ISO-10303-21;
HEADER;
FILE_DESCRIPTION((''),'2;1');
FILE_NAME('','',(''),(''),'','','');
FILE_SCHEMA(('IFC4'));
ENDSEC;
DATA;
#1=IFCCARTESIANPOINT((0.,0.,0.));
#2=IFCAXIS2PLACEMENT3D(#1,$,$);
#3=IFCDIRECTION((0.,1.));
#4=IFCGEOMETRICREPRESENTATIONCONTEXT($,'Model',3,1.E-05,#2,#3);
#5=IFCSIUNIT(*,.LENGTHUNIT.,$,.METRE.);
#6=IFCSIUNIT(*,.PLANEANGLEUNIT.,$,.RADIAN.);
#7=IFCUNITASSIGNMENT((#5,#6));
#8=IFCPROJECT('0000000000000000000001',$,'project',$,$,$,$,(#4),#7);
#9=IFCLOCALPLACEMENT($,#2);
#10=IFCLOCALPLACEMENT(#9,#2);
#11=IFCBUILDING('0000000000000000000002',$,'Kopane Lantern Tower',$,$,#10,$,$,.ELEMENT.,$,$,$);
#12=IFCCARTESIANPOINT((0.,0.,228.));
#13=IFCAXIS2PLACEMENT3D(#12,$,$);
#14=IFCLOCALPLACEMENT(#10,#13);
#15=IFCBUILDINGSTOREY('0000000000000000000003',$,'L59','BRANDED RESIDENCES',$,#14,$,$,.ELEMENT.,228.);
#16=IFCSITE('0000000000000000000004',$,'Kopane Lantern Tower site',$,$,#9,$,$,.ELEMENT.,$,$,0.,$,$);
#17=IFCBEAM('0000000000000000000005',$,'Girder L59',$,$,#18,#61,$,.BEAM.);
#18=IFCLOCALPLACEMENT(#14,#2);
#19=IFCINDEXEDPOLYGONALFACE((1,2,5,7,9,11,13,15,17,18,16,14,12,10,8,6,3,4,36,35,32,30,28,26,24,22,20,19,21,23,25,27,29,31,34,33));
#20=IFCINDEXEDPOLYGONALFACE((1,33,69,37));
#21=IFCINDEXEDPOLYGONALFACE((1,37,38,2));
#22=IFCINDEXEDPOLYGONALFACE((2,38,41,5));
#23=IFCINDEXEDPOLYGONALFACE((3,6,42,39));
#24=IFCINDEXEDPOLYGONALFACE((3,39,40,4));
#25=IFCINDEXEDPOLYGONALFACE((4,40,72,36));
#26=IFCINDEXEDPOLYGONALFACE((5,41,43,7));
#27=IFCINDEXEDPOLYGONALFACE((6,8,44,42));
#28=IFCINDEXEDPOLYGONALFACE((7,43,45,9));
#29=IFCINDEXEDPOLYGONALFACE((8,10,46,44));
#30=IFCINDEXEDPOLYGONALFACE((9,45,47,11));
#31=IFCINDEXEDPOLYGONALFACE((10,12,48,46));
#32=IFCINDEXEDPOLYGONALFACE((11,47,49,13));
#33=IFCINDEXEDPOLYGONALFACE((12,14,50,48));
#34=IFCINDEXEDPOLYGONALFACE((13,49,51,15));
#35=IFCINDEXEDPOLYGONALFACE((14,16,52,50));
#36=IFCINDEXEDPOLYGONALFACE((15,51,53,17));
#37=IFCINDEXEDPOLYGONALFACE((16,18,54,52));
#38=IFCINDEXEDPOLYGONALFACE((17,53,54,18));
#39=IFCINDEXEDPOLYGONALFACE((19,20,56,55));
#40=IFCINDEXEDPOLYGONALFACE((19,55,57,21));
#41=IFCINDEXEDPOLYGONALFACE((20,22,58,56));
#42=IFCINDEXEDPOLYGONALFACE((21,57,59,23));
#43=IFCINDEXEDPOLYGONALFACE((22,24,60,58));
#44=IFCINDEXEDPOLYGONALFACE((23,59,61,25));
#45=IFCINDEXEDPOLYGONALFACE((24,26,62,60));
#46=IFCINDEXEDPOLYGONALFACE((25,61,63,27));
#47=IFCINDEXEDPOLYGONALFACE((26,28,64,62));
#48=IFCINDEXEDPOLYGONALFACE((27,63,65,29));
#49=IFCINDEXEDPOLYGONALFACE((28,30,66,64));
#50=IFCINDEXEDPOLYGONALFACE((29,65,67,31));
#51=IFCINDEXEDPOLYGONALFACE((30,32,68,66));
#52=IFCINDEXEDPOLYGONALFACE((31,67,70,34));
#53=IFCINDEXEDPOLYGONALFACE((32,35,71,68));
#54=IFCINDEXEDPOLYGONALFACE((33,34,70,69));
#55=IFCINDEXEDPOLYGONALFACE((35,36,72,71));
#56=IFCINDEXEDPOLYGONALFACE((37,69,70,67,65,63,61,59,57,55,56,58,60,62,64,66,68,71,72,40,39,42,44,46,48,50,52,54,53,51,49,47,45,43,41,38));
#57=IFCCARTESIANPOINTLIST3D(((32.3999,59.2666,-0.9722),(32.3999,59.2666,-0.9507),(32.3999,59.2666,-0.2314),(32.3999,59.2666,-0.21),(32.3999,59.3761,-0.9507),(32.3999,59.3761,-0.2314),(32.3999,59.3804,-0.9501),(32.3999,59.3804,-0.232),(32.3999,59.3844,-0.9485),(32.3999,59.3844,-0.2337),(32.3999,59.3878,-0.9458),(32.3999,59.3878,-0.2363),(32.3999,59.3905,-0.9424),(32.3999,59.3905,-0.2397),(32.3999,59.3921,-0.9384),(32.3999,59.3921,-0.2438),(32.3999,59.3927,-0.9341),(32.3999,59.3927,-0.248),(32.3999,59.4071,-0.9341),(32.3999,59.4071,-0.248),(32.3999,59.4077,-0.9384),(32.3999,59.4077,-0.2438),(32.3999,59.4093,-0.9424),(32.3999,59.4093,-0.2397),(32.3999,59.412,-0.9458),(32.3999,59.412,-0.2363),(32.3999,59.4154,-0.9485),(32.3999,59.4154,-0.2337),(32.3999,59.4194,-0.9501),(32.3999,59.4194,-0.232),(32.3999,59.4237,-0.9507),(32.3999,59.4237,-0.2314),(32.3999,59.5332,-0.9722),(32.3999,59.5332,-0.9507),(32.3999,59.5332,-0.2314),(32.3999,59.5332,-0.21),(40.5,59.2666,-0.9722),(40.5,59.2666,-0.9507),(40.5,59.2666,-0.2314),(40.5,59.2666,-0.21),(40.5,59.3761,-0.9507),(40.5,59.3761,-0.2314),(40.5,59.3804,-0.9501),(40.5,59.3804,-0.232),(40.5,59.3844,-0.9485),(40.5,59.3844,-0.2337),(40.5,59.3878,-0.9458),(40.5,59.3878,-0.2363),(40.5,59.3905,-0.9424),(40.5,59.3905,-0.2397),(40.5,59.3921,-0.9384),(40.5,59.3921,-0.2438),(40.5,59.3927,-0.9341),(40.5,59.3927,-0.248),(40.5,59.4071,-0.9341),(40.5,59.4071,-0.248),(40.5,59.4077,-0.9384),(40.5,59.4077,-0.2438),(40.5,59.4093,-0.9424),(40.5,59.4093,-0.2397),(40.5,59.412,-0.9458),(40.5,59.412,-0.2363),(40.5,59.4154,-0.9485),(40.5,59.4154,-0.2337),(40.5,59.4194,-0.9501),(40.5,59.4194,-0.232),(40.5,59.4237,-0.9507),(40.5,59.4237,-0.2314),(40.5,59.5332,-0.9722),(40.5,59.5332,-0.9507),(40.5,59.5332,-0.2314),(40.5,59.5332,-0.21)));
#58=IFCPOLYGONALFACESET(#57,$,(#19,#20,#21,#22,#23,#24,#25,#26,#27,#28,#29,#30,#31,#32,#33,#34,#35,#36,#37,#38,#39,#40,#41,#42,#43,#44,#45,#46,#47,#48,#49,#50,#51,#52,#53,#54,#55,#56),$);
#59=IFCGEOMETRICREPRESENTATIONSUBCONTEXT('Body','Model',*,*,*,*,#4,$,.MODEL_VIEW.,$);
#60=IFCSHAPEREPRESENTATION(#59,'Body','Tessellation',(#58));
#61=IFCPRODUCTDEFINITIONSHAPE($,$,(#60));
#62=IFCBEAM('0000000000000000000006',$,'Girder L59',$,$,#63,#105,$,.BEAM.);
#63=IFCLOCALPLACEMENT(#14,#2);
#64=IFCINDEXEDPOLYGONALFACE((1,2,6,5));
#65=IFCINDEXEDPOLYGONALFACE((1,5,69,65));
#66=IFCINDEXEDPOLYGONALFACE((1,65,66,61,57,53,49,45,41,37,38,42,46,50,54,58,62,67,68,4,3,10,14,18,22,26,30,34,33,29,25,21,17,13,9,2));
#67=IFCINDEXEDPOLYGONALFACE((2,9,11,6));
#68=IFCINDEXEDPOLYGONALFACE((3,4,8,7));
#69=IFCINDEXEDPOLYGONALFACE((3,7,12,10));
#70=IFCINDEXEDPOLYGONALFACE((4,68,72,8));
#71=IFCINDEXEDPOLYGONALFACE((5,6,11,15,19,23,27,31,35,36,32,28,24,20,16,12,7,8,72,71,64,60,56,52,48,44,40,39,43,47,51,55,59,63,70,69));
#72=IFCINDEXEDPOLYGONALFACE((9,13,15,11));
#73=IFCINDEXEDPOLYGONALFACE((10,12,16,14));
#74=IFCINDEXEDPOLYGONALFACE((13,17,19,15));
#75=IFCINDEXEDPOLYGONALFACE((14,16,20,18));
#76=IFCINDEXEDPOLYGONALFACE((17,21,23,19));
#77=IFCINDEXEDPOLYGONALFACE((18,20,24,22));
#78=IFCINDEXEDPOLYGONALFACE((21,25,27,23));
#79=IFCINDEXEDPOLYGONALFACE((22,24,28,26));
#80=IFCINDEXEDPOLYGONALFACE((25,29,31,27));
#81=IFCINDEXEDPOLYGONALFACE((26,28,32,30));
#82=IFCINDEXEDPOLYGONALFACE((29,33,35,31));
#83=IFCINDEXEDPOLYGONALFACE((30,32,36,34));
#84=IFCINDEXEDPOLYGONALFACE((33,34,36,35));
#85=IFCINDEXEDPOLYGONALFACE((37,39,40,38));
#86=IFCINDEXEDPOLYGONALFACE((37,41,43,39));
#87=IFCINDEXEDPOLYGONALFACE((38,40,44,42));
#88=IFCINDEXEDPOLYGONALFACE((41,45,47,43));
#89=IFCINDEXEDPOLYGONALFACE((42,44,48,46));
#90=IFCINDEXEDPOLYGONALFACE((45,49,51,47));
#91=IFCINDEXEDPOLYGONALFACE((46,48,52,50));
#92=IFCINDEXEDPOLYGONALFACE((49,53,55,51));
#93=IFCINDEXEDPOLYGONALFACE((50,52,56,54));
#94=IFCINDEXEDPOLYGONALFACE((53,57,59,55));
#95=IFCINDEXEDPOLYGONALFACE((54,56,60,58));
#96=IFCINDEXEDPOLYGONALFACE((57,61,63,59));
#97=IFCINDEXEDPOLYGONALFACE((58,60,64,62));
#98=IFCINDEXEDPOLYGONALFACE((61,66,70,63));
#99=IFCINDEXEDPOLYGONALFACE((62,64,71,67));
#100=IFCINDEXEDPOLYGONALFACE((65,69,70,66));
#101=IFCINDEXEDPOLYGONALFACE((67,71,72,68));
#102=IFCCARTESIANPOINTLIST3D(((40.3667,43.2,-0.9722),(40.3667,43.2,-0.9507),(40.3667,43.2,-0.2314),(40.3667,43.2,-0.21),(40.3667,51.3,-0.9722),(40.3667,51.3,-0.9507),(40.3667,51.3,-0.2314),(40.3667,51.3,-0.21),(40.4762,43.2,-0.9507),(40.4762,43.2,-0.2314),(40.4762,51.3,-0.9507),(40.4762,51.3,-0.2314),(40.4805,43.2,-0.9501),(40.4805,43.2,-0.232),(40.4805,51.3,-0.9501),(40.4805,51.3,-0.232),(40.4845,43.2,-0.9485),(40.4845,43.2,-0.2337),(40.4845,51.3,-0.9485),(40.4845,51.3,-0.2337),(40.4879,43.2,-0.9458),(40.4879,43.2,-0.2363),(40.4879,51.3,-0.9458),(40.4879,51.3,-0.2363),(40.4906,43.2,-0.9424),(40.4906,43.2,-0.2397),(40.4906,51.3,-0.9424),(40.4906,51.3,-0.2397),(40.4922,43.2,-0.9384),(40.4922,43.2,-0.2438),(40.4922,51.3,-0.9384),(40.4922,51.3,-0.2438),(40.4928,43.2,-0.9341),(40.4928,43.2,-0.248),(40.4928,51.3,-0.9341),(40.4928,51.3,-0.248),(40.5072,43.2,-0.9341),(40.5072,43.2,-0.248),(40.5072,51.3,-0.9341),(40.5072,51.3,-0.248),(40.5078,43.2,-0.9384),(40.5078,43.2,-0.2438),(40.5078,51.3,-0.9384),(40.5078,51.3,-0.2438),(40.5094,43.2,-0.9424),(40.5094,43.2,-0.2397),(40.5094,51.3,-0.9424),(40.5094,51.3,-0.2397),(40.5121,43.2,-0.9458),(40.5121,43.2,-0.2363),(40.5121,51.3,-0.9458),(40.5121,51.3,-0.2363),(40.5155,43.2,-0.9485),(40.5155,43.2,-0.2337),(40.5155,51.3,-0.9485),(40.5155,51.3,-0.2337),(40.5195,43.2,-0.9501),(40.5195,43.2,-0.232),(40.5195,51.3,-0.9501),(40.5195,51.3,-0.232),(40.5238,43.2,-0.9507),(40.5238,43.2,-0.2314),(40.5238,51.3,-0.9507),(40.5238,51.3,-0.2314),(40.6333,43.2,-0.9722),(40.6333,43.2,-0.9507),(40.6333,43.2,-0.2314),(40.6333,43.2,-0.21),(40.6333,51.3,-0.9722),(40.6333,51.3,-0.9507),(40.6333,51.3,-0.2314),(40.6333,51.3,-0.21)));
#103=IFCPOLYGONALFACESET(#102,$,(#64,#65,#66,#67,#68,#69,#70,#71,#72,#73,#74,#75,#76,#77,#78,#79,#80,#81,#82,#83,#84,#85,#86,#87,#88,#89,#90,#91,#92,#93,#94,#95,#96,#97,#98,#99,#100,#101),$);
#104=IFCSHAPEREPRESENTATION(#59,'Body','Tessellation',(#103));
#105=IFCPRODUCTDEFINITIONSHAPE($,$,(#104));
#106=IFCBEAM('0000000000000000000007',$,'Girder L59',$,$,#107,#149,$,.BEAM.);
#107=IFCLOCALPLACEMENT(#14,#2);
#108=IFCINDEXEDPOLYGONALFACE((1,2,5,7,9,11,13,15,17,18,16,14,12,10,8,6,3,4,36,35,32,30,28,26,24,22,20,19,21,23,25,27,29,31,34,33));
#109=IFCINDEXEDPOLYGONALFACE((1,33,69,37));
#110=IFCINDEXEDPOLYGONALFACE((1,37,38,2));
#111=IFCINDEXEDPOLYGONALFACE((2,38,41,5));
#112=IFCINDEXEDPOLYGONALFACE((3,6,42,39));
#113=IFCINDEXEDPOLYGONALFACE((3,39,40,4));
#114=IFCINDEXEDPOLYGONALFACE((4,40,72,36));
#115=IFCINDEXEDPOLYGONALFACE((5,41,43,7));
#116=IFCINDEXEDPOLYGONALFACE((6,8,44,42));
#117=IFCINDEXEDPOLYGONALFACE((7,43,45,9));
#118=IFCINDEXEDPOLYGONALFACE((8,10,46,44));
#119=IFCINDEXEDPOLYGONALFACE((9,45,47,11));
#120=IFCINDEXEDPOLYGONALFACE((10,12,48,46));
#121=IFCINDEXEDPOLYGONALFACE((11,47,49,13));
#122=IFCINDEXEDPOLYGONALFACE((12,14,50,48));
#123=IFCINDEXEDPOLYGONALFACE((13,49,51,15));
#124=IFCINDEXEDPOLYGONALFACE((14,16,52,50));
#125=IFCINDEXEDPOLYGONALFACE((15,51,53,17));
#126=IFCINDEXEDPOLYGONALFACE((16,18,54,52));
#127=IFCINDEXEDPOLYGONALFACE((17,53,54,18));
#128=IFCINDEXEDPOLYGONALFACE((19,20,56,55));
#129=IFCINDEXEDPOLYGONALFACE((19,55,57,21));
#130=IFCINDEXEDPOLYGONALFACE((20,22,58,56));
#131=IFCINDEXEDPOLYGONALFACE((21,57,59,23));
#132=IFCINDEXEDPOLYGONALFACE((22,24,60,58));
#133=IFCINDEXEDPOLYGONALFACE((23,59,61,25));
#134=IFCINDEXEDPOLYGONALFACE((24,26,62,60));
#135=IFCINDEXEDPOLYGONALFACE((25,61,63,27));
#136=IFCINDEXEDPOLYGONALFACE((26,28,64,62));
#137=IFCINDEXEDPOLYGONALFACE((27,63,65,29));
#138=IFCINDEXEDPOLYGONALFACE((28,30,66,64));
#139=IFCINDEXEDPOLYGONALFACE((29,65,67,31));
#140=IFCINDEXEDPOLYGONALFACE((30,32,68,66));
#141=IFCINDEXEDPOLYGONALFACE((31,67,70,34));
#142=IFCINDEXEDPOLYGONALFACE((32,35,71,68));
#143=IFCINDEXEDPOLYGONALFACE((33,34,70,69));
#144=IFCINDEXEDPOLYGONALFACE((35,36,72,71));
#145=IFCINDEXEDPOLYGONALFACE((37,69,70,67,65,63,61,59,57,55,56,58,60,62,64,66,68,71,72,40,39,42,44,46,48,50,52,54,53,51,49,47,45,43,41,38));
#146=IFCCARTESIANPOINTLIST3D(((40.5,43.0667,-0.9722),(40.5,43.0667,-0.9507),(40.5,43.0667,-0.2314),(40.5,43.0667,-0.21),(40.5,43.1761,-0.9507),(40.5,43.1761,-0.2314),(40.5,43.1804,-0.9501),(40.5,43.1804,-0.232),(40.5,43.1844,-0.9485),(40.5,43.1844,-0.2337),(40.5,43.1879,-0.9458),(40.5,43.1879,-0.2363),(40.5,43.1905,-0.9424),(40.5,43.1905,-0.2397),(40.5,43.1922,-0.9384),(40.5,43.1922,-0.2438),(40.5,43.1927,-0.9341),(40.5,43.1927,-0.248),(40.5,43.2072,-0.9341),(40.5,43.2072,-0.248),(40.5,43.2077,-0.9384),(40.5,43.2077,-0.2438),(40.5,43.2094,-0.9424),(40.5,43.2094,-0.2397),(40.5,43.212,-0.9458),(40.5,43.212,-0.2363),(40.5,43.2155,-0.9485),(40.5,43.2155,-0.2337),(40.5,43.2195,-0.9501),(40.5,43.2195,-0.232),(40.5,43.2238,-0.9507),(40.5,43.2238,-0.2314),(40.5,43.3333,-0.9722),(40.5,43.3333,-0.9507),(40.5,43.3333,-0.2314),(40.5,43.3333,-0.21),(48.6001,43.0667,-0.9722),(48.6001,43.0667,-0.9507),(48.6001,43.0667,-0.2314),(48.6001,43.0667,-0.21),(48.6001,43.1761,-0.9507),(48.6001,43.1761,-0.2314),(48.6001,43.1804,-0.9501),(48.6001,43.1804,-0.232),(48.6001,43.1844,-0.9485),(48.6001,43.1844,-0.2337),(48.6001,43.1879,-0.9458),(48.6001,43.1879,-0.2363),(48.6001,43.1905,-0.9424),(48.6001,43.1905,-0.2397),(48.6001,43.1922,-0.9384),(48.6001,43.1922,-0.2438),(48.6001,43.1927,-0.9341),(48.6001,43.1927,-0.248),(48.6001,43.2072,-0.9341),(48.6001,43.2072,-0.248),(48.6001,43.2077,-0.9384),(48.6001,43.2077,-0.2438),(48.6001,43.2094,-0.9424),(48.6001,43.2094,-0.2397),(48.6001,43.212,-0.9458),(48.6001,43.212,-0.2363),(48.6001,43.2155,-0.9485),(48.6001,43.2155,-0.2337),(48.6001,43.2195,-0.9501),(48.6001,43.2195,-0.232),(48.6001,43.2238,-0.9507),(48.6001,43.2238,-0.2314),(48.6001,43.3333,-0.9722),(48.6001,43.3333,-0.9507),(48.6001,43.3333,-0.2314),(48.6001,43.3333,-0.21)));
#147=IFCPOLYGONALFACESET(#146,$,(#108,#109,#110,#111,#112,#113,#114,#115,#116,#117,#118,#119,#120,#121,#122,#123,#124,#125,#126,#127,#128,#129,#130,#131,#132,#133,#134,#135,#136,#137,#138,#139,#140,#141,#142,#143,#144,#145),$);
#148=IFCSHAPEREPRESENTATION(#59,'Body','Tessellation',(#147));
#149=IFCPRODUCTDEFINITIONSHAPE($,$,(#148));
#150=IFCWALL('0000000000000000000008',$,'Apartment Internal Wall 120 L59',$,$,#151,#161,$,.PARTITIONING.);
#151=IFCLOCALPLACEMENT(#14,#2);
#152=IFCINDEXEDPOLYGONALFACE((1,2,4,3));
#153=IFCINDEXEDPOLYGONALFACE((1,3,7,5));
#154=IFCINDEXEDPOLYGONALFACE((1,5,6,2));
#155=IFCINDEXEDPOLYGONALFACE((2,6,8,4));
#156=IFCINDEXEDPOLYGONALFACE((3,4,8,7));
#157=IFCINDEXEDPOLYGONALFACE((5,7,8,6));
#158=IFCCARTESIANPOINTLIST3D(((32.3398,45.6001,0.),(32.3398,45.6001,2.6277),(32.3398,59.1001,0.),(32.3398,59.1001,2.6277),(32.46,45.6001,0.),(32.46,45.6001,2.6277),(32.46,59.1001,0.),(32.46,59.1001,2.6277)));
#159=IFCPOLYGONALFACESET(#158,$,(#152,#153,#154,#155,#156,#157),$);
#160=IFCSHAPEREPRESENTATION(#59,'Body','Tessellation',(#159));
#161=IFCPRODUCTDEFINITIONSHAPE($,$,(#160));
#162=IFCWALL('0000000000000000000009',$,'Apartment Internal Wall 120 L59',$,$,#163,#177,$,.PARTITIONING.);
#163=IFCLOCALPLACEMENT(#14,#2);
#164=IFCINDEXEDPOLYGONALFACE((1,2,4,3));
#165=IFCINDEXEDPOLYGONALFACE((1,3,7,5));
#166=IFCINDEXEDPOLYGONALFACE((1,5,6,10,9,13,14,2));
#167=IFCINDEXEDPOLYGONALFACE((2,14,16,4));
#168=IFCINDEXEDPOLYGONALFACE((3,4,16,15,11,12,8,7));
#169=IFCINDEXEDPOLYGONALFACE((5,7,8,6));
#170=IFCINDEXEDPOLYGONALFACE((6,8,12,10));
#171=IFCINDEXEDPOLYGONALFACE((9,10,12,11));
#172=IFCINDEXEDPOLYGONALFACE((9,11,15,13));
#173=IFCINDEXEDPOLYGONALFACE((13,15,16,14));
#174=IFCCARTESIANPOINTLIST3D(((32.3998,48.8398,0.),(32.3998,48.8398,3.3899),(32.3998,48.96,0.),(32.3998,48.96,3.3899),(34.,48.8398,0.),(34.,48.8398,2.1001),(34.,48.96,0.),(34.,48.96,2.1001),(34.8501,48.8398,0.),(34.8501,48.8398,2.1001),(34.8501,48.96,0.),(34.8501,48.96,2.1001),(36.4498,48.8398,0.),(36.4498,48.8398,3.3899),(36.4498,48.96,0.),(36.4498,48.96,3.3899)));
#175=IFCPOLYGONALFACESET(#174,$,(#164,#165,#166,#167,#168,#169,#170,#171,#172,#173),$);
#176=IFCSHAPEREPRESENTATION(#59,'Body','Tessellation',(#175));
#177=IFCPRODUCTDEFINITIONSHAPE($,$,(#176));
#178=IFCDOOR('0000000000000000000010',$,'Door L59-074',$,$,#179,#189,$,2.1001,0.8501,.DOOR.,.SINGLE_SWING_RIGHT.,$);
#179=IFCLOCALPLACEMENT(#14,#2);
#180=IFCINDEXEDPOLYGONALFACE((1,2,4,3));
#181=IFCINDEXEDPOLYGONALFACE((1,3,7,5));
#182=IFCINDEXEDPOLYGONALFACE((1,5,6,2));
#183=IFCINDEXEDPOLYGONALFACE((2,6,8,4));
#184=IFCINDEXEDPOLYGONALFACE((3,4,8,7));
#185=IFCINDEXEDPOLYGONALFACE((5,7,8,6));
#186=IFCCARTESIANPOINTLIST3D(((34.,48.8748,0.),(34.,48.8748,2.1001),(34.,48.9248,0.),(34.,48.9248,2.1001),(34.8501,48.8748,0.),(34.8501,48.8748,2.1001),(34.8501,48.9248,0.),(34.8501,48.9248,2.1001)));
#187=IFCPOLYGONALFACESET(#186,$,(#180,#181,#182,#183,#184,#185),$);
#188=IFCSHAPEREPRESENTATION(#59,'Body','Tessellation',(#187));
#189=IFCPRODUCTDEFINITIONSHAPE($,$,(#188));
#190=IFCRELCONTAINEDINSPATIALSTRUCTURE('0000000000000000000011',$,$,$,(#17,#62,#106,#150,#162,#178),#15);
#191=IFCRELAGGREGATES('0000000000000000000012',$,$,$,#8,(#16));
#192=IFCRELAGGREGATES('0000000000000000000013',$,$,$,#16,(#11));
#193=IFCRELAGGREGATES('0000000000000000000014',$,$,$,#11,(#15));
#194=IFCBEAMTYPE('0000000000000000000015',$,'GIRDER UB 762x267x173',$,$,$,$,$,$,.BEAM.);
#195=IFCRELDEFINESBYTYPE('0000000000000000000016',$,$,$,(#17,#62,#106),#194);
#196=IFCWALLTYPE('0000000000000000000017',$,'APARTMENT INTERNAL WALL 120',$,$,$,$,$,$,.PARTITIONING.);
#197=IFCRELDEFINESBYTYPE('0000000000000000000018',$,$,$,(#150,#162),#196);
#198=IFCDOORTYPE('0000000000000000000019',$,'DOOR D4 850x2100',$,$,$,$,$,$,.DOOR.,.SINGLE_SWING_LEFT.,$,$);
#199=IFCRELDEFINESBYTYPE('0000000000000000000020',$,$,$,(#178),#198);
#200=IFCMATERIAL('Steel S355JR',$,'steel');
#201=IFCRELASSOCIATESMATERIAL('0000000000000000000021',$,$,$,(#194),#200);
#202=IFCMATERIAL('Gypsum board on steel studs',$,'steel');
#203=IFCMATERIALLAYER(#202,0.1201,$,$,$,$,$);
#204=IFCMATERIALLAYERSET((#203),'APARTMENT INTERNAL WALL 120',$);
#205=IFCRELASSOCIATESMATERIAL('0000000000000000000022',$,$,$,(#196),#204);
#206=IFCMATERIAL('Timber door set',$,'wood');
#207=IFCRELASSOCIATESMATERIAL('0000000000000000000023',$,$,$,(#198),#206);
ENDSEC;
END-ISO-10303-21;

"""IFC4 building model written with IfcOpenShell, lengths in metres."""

from ifc_helpers import new_model, si_unit, direction, frame, frame_2d, origin, origin_2d, place, context, subcontext, project, spatial, rectangle, i_section, extrude, material, layer, layer_set, material_profile, profile_set, type_object, element, fill, save


model = new_model("IFC4")

# Units and contexts
model_context = context("Model", 3, precision=1e-05, world=origin(), true_north=direction((0.0, 1.0)))
body_context = subcontext(model_context, "Body", "Model", "MODEL_VIEW")
ifc_project = project(units=[si_unit("LENGTHUNIT", "METRE"), si_unit("PLANEANGLEUNIT", "RADIAN")], contexts=[model_context])

# Site, building, storey
site_placement = place(None, origin())
site = spatial("IfcSite", under=ifc_project, at=site_placement, Name="Kopane Lantern Tower site", CompositionType="ELEMENT", RefElevation=0.0)
building_placement = place(site_placement, origin())
building = spatial("IfcBuilding", under=site, at=building_placement, Name="Kopane Lantern Tower", CompositionType="ELEMENT")
storey_placement = place(building_placement, frame((0.0, 0.0, 228.0)))
storey = spatial("IfcBuildingStorey", under=building, at=storey_placement, Name="L59", Description="BRANDED RESIDENCES", CompositionType="ELEMENT", Elevation=228.0)

# Beams
ifc_material_1 = material(Name="Steel S355JR", Category="steel")
ifc_material_profile_1 = material_profile(ifc_material_1, i_section(OverallWidth=0.2666, OverallDepth=0.7622, WebThickness=0.0144, FlangeThickness=0.0215, FilletRadius=0.0166, at=origin_2d()), Name="UB 762x267x173")
ifc_profile_set_1 = profile_set([ifc_material_profile_1], Name="Steel S355JR")
beam_type = type_object("IfcBeamType", Name="GIRDER UB 762x267x173", PredefinedType="BEAM", material=ifc_profile_set_1)
for number, where, z_axis, x_axis, name in (
    (1, (32.3999, 59.3999, -0.5911), (1.0, 0.0, 0.0), (0.0, 1.0, 0.0), "Girder L59"),
    (2, (40.5, 43.2, -0.5911), (0.0, 1.0, 0.0), (-1.0, 0.0, 0.0), "Girder L59"),
    (3, (40.5, 43.2, -0.5911), (1.0, 0.0, 0.0), (0.0, 1.0, 0.0), "Girder L59"),
):
    element("IfcBeam", number, at=place(storey_placement, frame(where, z_axis=z_axis, x_axis=x_axis)), inside=storey, type_object=beam_type, Name=name, PredefinedType="BEAM", context=body_context, shape_type="SweptSolid", body=[
        extrude(i_section(OverallWidth=0.2666, OverallDepth=0.7622, WebThickness=0.0144, FlangeThickness=0.0215, FilletRadius=0.0166, at=origin_2d()), origin(), (0.0, 0.0, 1.0), 8.1001),
    ])

# Wall
ifc_material_2 = material(Name="Gypsum board on steel studs", Category="steel")
ifc_layer_1 = layer(ifc_material_2, 0.1201)
ifc_layer_set_1 = layer_set([ifc_layer_1], Name="APARTMENT INTERNAL WALL 120")
wall_type_1 = type_object("IfcWallType", Name="APARTMENT INTERNAL WALL 120", PredefinedType="PARTITIONING", material=ifc_layer_set_1)
wall_1_placement = place(storey_placement, frame((32.3999, 45.6001, 0.0), z_axis=(0.0, 0.0, 1.0), x_axis=(0.0, 1.0, 0.0)))
element("IfcWall", 4, at=wall_1_placement, inside=storey, type_object=wall_type_1, Name="Apartment Internal Wall 120 L59", PredefinedType="PARTITIONING", context=body_context, shape_type="SweptSolid", body=[
    extrude(rectangle(XDim=13.5, YDim=0.1201, at=frame_2d((6.75, 0.0))), origin(), (0.0, 0.0, 1.0), 2.6277),
])

# Wall, opening, door
wall_2_placement = place(storey_placement, frame((32.3999, 48.8999, 0.0), z_axis=(0.0, 0.0, 1.0), x_axis=(1.0, 0.0, 0.0)))
wall_2 = element("IfcWall", 5, at=wall_2_placement, inside=storey, type_object=wall_type_1, Name="Apartment Internal Wall 120 L59", PredefinedType="PARTITIONING", context=body_context, shape_type="SweptSolid", body=[
    extrude(rectangle(XDim=4.05, YDim=0.1201, at=frame_2d((2.0249, 0.0))), origin(), (0.0, 0.0, 1.0), 3.3899),
])
opening_1_placement = place(wall_2_placement, frame((1.6001, 0.0, 0.0)))
opening_1 = element("IfcOpeningElement", 6, at=opening_1_placement, cuts=wall_2, PredefinedType="OPENING", context=body_context, shape_type="SweptSolid", body=[
    extrude(rectangle(XDim=0.8501, YDim=2.1001, at=frame_2d((0.425, 1.05))), frame((0.0, 0.0701, 0.0), z_axis=(0.0, -1.0, 0.0), x_axis=(1.0, 0.0, 0.0)), (0.0, 0.0, 1.0), 0.1401),
])
ifc_material_3 = material(Name="Timber door set", Category="wood")
door_type_1 = type_object("IfcDoorType", Name="DOOR D4 850x2100", OperationType="SINGLE_SWING_LEFT", PredefinedType="DOOR", material=ifc_material_3)
door_1_placement = place(opening_1_placement, origin())
door_1 = element("IfcDoor", 7, at=door_1_placement, inside=storey, type_object=door_type_1, Name="Door L59-074", OperationType="SINGLE_SWING_RIGHT", OverallHeight=2.1001, OverallWidth=0.8501, PredefinedType="DOOR", context=body_context, shape_type="SweptSolid", body=[
    extrude(rectangle(XDim=0.8501, YDim=2.1001, at=frame_2d((0.425, 1.05))), frame((0.0, 0.0249, 0.0), z_axis=(0.0, -1.0, 0.0), x_axis=(1.0, 0.0, 0.0)), (0.0, 0.0, 1.0), 0.05),
])
fill(opening_1, door_1)

save(model, "model.ifc")
